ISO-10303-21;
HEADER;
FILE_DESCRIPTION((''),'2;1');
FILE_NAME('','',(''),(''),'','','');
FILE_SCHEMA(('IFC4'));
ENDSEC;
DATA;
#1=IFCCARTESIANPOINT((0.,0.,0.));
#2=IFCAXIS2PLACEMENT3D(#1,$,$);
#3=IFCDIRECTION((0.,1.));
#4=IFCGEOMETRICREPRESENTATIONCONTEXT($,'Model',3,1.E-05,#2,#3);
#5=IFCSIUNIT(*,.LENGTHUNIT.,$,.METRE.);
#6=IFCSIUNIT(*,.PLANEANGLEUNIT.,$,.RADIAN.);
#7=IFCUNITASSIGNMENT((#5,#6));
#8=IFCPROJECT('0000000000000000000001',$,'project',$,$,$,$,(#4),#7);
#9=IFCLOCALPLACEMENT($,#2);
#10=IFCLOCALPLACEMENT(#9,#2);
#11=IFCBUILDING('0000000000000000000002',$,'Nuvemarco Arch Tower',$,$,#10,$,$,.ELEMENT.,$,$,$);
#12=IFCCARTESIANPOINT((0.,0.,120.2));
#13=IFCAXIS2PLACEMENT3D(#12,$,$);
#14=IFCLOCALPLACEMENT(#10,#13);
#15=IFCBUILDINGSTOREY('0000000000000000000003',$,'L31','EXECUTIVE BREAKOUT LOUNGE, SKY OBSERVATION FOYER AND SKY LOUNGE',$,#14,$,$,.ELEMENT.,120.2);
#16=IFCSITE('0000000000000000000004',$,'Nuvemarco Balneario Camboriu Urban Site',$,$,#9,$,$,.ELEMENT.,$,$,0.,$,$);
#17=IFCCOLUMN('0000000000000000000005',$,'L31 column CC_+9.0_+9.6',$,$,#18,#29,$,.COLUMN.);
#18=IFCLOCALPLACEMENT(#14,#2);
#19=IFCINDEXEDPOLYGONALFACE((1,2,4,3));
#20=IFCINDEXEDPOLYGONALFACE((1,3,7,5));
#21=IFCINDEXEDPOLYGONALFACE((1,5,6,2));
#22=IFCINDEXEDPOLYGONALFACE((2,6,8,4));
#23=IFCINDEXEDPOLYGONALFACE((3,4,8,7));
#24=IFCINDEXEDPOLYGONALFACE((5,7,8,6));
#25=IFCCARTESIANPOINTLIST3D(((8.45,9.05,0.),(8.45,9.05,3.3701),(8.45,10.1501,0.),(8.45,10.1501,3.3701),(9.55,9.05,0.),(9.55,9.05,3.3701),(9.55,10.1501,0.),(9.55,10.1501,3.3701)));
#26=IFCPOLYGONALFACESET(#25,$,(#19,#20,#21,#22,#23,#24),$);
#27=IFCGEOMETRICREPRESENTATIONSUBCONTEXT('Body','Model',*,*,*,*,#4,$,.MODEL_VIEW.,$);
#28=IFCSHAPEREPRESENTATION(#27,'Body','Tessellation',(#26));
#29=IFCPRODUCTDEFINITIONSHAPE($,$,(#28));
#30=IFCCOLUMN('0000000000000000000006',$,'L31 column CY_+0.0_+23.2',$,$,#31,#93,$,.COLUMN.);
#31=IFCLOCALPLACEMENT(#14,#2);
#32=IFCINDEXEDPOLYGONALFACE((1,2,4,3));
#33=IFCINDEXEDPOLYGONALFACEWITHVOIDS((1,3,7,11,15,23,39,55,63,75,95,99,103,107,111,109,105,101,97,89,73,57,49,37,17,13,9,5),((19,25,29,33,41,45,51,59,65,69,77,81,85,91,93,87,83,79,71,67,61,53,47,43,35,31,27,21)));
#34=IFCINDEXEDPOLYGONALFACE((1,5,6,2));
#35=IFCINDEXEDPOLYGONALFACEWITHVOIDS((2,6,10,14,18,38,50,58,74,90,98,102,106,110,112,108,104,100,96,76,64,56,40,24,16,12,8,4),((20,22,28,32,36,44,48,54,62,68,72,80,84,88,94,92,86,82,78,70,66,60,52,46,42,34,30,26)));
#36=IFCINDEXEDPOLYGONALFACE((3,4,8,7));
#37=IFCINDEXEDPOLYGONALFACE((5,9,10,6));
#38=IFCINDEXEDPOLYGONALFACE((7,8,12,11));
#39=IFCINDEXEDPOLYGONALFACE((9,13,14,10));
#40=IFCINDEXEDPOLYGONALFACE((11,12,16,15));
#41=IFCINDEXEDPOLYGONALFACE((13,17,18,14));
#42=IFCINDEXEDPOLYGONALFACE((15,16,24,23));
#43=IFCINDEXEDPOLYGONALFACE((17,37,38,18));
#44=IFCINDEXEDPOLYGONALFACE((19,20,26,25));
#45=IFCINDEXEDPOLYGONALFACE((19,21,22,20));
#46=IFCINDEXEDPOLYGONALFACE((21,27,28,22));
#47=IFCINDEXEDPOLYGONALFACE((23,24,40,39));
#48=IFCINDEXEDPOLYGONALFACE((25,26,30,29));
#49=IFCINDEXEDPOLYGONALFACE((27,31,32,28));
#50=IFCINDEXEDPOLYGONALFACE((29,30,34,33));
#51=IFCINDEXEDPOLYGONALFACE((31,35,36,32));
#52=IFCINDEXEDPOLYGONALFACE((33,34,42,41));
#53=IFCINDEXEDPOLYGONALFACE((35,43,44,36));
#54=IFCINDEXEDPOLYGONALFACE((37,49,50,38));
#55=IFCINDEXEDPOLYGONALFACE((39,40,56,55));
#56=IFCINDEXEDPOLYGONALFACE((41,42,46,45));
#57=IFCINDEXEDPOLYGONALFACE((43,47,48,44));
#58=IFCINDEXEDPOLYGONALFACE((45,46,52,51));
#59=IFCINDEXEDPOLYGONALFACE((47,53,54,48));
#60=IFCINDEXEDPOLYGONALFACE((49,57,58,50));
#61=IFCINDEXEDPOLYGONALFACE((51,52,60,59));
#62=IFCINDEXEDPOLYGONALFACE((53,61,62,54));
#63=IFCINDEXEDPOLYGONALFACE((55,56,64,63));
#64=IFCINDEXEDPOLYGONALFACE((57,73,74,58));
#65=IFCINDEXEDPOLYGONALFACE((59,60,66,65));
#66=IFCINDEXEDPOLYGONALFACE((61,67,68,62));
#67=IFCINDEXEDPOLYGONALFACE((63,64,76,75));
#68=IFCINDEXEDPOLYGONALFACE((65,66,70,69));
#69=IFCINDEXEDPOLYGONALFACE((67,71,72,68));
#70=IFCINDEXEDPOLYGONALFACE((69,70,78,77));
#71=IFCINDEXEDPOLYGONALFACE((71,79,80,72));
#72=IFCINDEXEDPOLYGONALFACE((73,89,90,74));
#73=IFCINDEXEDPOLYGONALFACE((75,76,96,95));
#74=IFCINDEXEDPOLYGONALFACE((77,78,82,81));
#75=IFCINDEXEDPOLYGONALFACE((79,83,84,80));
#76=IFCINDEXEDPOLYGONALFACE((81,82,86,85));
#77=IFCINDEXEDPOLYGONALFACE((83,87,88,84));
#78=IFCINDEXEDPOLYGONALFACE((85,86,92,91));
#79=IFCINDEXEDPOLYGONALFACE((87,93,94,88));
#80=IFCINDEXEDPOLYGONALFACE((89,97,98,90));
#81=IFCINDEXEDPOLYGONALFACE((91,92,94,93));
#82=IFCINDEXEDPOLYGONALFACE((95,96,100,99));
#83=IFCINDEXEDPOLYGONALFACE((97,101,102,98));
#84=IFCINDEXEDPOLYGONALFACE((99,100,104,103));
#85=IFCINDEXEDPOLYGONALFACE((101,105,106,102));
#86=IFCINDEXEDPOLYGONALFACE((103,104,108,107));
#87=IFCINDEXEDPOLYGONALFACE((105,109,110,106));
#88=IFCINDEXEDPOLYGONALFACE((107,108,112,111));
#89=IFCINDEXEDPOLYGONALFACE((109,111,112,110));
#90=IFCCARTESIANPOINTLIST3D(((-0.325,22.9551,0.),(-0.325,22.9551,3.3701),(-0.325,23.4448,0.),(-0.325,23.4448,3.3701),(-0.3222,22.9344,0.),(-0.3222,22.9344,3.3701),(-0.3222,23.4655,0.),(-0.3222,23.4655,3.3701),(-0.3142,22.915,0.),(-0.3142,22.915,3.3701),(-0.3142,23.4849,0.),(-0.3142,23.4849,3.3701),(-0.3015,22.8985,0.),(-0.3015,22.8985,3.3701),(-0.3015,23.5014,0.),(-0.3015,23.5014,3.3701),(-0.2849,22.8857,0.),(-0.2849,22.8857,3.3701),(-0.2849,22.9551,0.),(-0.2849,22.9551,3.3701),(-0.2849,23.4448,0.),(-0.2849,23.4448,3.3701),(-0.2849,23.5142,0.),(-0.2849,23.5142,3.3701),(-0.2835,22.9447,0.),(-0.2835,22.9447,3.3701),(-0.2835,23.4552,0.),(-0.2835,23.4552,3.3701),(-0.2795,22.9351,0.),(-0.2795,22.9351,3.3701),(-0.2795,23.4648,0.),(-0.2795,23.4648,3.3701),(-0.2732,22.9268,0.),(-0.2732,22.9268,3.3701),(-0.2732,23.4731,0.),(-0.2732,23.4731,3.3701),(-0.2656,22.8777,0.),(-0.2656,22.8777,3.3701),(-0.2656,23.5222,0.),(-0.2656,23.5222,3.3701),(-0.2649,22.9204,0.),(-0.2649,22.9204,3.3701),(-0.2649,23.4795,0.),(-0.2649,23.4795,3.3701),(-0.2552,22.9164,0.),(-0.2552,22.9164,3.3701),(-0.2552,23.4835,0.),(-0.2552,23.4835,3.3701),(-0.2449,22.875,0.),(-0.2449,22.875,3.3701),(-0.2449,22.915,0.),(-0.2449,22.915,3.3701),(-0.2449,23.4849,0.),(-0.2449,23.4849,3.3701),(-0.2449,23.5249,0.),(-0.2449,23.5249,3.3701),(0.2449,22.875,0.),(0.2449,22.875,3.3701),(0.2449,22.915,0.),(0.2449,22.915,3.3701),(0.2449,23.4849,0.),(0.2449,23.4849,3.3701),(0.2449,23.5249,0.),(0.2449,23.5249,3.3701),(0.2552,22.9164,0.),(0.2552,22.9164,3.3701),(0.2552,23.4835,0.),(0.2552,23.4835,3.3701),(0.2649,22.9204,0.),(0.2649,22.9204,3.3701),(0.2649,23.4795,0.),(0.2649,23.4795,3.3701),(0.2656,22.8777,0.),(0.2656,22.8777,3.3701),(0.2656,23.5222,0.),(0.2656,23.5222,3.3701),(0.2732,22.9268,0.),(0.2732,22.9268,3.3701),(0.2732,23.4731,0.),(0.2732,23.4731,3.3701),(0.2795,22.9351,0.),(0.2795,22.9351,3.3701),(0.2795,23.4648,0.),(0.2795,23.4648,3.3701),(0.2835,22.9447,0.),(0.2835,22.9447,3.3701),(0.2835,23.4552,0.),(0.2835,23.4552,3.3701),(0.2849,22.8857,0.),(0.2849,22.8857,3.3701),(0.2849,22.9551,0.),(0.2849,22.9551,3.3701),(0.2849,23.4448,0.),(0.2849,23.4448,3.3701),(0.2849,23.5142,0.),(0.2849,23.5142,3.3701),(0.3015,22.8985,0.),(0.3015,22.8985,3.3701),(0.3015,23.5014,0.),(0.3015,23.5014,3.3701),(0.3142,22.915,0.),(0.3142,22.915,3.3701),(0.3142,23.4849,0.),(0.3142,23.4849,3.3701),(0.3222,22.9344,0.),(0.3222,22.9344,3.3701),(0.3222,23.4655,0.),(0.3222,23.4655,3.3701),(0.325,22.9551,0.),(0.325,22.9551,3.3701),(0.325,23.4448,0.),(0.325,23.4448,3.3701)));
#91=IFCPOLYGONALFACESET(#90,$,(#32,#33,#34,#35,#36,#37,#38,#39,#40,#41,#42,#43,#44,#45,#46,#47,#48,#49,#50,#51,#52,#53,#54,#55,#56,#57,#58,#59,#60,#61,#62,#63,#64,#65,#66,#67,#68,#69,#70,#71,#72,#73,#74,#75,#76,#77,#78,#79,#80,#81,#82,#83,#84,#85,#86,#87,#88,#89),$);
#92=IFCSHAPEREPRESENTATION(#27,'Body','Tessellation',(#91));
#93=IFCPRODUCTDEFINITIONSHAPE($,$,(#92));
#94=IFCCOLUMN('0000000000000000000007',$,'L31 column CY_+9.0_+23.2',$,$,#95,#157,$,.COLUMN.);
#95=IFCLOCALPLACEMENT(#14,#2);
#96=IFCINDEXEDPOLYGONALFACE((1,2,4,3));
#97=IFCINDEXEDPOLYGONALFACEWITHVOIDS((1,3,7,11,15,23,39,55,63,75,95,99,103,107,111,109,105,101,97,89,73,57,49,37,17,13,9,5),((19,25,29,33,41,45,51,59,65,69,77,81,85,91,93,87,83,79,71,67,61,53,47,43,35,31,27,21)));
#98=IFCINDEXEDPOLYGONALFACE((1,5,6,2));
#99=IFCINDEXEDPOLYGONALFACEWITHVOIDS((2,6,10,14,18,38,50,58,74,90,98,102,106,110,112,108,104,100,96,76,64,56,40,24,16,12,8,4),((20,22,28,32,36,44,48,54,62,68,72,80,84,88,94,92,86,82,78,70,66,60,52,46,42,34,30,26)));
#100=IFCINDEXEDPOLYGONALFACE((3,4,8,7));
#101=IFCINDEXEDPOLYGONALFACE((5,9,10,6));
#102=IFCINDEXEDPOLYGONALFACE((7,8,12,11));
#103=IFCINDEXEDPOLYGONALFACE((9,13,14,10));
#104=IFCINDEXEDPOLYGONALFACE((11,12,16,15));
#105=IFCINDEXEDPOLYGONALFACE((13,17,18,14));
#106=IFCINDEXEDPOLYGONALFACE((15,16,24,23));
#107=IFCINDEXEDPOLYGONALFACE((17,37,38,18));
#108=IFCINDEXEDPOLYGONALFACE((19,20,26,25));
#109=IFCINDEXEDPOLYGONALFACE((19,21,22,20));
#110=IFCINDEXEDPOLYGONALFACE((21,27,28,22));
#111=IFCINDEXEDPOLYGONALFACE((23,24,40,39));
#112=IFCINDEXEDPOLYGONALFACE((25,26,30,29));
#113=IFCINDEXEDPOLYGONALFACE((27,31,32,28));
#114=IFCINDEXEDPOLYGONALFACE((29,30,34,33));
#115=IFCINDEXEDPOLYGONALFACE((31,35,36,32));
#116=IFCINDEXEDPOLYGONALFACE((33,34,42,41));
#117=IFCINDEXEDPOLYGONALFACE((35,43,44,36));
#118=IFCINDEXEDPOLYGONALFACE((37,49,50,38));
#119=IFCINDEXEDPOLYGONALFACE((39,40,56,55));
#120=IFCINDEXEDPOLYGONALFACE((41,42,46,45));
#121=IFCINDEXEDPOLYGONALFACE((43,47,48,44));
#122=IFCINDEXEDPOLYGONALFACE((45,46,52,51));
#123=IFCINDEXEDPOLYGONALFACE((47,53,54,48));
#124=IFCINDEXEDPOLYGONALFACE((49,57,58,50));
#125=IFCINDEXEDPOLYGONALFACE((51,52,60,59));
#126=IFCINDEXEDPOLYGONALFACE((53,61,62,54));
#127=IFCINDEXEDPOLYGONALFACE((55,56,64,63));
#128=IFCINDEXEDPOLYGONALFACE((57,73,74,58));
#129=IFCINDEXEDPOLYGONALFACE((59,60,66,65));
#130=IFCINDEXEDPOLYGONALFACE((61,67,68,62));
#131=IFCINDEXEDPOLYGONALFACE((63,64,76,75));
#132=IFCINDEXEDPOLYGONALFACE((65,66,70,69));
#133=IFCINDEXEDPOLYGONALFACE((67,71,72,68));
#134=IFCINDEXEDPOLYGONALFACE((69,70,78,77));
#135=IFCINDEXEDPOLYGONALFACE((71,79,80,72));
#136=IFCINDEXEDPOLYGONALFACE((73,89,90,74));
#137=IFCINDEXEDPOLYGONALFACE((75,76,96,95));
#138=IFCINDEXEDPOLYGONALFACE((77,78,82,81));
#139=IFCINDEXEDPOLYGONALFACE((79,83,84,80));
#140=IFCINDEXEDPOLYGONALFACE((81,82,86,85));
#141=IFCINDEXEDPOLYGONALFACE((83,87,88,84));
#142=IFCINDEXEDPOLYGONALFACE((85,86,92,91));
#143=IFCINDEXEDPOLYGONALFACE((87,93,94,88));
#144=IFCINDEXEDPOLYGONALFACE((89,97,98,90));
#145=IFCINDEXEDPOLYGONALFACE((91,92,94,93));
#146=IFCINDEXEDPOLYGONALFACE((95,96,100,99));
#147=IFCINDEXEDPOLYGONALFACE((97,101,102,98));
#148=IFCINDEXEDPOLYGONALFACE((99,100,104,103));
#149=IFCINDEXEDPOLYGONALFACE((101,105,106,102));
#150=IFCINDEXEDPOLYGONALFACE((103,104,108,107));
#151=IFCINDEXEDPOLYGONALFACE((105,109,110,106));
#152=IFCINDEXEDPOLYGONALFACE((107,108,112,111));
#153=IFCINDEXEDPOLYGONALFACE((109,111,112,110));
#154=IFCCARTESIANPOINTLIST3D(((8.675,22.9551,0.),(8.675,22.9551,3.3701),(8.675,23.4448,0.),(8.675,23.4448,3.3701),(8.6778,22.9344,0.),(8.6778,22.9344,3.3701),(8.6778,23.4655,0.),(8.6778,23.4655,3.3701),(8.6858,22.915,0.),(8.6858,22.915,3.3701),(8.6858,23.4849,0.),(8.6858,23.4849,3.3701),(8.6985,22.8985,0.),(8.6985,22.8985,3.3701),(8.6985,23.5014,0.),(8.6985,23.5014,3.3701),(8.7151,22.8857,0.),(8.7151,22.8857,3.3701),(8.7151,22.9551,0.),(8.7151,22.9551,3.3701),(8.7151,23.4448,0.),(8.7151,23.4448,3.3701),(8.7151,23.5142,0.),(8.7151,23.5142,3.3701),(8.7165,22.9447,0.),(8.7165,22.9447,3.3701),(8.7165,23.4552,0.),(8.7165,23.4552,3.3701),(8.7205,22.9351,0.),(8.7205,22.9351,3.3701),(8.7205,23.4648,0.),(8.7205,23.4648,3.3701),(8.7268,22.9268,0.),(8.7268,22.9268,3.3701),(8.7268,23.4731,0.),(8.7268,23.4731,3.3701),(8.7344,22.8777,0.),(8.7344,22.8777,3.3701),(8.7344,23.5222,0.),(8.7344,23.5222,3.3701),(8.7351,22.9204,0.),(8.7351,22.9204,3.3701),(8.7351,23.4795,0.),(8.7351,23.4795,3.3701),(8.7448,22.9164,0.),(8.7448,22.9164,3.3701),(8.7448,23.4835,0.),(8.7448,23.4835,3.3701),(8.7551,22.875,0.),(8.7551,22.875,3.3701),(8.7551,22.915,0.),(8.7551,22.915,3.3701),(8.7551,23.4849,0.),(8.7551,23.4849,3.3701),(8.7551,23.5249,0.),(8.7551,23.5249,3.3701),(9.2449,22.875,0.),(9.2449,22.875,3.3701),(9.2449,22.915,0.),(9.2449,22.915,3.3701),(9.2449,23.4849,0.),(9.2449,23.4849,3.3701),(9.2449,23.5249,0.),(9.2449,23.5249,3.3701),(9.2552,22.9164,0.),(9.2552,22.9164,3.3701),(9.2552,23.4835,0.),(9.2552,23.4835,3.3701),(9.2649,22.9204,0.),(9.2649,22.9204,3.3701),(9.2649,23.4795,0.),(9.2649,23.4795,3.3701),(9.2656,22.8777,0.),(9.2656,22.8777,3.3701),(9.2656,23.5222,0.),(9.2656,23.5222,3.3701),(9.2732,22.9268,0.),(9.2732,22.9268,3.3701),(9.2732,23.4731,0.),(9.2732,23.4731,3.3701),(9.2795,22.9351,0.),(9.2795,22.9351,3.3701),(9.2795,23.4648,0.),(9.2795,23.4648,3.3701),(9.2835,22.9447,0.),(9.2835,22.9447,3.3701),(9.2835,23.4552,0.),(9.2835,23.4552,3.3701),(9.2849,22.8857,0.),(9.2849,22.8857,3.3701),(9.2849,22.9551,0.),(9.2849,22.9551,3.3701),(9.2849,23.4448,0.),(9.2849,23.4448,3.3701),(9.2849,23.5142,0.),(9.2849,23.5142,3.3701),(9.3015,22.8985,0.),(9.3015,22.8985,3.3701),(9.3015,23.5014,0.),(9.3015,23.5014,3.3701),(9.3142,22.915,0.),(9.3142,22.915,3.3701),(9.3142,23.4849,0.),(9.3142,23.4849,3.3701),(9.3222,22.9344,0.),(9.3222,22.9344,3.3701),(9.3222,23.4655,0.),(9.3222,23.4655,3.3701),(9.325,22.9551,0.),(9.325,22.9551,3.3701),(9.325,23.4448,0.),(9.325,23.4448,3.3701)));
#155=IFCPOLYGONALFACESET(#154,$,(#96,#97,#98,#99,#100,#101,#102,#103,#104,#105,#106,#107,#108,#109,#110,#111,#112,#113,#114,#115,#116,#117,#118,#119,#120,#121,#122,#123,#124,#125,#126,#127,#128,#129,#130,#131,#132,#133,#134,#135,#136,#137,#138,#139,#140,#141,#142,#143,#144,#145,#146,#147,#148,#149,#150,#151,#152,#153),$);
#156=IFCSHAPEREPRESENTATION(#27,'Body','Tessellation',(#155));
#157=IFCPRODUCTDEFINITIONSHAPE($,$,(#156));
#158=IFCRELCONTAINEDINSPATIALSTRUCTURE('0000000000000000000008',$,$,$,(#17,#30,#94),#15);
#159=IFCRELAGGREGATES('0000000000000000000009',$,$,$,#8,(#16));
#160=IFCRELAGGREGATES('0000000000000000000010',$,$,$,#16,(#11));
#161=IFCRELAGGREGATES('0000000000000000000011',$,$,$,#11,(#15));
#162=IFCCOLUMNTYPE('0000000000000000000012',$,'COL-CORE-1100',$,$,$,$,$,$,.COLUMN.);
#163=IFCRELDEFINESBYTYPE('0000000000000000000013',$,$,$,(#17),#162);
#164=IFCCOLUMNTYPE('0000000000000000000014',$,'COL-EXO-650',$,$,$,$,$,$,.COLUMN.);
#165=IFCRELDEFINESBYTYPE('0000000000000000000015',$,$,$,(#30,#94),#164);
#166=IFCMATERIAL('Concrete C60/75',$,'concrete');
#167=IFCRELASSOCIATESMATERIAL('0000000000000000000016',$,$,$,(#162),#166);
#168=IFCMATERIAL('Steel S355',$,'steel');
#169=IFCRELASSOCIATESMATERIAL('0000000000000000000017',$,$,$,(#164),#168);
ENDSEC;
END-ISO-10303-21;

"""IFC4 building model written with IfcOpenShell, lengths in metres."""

from ifc_helpers import new_model, si_unit, direction, frame, origin, origin_2d, place, context, subcontext, project, spatial, rectangle, hollow_rectangle, extrude, material, material_profile, profile_set, type_object, element, save


model = new_model("IFC4")

# Units and contexts
model_context = context("Model", 3, precision=1e-05, world=origin(), true_north=direction((0.0, 1.0)))
body_context = subcontext(model_context, "Body", "Model", "MODEL_VIEW")
ifc_project = project(units=[si_unit("LENGTHUNIT", "METRE"), si_unit("PLANEANGLEUNIT", "RADIAN")], contexts=[model_context])

# Site, building, storey
site_placement = place(None, origin())
site = spatial("IfcSite", under=ifc_project, at=site_placement, Name="Nuvemarco Balneario Camboriu Urban Site", CompositionType="ELEMENT", RefElevation=0.0)
building_placement = place(site_placement, origin())
building = spatial("IfcBuilding", under=site, at=building_placement, Name="Nuvemarco Arch Tower", CompositionType="ELEMENT")
storey_placement = place(building_placement, frame((0.0, 0.0, 120.2)))
storey = spatial("IfcBuildingStorey", under=building, at=storey_placement, Name="L31", Description="EXECUTIVE BREAKOUT LOUNGE, SKY OBSERVATION FOYER AND SKY LOUNGE", CompositionType="ELEMENT", Elevation=120.2)

# Columns
ifc_material_1 = material(Name="Concrete C60/75", Category="concrete")
ifc_material_profile_1 = material_profile(ifc_material_1, rectangle(XDim=1.1001, YDim=1.1001, at=origin_2d()), Name="RC-COL-1100x1100")
ifc_profile_set_1 = profile_set([ifc_material_profile_1], Name="Concrete C60/75")
column_type_1 = type_object("IfcColumnType", Name="COL-CORE-1100", PredefinedType="COLUMN", material=ifc_profile_set_1)
column_placement = place(storey_placement, frame((9.0, 9.6001, 0.0), z_axis=(0.0, 0.0, 1.0), x_axis=(1.0, 0.0, 0.0)))
element("IfcColumn", 1, at=column_placement, inside=storey, type_object=column_type_1, Name="L31 column CC_+9.0_+9.6", PredefinedType="COLUMN", context=body_context, shape_type="SweptSolid", body=[
    extrude(rectangle(XDim=1.1001, YDim=1.1001, at=origin_2d()), origin(), (0.0, 0.0, 1.0), 3.3701),
])
ifc_material_2 = material(Name="Steel S355", Category="steel")
ifc_material_profile_2 = material_profile(ifc_material_2, hollow_rectangle(XDim=0.6499, YDim=0.6499, WallThickness=0.04, InnerFilletRadius=0.04, OuterFilletRadius=0.0801, at=origin_2d()), Name="SHS650x650x40")
ifc_profile_set_2 = profile_set([ifc_material_profile_2], Name="Steel S355")
column_type_2 = type_object("IfcColumnType", Name="COL-EXO-650", PredefinedType="COLUMN", material=ifc_profile_set_2)
for number, where, z_axis, x_axis, name in (
    (2, (0.0, 23.2, 0.0), (0.0, 0.0, 1.0), (1.0, 0.0, 0.0), "L31 column CY_+0.0_+23.2"),
    (3, (9.0, 23.2, 0.0), (0.0, 0.0, 1.0), (1.0, 0.0, 0.0), "L31 column CY_+9.0_+23.2"),
):
    element("IfcColumn", number, at=place(storey_placement, frame(where, z_axis=z_axis, x_axis=x_axis)), inside=storey, type_object=column_type_2, Name=name, PredefinedType="COLUMN", context=body_context, shape_type="SweptSolid", body=[
        extrude(hollow_rectangle(XDim=0.6499, YDim=0.6499, WallThickness=0.04, InnerFilletRadius=0.04, OuterFilletRadius=0.0801, at=origin_2d()), origin(), (0.0, 0.0, 1.0), 3.3701),
    ])

save(model, "model.ifc")
